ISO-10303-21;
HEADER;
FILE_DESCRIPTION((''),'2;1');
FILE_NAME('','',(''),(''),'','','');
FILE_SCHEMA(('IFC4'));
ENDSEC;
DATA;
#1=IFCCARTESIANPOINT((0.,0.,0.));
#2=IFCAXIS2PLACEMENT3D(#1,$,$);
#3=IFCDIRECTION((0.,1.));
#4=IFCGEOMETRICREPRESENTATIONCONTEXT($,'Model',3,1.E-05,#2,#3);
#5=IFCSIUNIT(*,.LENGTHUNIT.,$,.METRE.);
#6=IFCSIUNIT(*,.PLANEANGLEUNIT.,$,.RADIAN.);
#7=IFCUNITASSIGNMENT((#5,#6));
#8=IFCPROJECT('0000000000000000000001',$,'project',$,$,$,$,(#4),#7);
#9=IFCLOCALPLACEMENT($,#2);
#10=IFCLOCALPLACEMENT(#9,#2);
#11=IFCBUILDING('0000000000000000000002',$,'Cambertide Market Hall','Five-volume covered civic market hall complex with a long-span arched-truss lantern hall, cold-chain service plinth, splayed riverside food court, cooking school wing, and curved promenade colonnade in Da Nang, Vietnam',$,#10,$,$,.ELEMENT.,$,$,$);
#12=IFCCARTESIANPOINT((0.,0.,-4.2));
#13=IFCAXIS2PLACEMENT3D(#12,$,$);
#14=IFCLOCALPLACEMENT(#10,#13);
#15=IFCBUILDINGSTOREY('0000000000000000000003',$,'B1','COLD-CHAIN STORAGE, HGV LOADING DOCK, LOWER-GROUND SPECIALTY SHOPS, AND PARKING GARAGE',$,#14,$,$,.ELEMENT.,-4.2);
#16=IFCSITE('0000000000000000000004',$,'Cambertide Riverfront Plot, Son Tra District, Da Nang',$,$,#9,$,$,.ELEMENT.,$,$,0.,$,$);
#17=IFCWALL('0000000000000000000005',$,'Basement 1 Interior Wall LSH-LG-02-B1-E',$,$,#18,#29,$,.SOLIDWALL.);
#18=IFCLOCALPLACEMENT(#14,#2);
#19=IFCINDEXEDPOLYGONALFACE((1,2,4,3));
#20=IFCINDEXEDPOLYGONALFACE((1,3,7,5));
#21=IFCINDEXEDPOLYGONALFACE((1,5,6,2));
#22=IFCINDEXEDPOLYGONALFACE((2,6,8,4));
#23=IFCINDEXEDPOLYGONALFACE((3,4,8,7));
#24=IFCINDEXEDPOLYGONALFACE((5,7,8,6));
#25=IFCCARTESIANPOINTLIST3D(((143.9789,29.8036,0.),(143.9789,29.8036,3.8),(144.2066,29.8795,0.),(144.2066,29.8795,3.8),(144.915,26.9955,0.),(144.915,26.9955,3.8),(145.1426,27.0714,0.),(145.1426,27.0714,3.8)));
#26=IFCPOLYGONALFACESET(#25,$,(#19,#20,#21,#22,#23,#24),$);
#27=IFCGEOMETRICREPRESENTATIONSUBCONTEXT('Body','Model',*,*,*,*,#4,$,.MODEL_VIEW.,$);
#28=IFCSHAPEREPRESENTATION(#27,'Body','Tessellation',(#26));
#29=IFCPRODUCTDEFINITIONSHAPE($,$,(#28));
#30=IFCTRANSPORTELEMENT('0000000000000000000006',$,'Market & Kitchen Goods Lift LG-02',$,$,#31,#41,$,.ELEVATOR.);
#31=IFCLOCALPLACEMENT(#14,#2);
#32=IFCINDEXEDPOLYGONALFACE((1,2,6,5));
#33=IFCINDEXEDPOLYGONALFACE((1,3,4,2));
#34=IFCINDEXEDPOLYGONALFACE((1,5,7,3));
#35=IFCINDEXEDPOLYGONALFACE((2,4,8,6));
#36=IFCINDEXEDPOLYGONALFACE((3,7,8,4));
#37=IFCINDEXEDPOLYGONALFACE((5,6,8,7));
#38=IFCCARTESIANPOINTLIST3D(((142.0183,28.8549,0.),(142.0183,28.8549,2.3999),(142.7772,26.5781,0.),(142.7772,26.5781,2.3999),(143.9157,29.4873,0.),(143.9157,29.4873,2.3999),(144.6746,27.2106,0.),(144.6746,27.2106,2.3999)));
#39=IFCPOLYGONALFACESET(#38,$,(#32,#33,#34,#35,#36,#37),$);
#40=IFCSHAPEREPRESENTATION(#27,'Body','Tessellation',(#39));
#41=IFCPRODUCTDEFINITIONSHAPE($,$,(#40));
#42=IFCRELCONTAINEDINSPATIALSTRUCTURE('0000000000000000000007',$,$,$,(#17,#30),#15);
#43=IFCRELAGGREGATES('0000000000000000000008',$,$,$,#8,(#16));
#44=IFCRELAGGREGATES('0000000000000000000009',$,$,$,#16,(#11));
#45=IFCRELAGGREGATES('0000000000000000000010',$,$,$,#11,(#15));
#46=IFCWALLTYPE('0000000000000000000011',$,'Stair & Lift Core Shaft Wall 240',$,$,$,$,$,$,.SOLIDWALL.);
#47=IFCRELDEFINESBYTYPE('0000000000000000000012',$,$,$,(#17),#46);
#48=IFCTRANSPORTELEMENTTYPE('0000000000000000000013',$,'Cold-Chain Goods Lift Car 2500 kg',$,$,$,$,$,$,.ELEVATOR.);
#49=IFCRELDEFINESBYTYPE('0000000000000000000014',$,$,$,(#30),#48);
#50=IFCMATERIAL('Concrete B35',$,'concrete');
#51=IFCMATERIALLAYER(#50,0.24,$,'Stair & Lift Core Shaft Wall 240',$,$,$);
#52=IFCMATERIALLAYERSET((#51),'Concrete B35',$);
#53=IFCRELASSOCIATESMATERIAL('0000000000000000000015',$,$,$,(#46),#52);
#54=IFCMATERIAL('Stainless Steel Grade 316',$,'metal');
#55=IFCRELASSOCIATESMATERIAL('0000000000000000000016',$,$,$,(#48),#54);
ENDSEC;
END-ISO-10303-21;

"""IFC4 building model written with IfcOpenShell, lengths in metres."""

from ifc_helpers import new_model, si_unit, direction, frame, frame_2d, origin, origin_2d, place, context, subcontext, project, spatial, rectangle, extrude, material, layer, layer_set, type_object, element, save


model = new_model("IFC4")

# Units and contexts
model_context = context("Model", 3, precision=1e-05, world=origin(), true_north=direction((0.0, 1.0)))
body_context = subcontext(model_context, "Body", "Model", "MODEL_VIEW")
ifc_project = project(units=[si_unit("LENGTHUNIT", "METRE"), si_unit("PLANEANGLEUNIT", "RADIAN")], contexts=[model_context])

# Site, building, storey
site_placement = place(None, origin())
site = spatial("IfcSite", under=ifc_project, at=site_placement, Name="Cambertide Riverfront Plot, Son Tra District, Da Nang", CompositionType="ELEMENT", RefElevation=0.0)
building_placement = place(site_placement, origin())
building = spatial("IfcBuilding", under=site, at=building_placement, Name="Cambertide Market Hall", Description="Five-volume covered civic market hall complex with a long-span arched-truss lantern hall, cold-chain service plinth, splayed riverside food court, cooking school wing, and curved promenade colonnade in Da Nang, Vietnam", CompositionType="ELEMENT")
storey_placement = place(building_placement, frame((0.0, 0.0, -4.2)))
storey = spatial("IfcBuildingStorey", under=building, at=storey_placement, Name="B1", Description="COLD-CHAIN STORAGE, HGV LOADING DOCK, LOWER-GROUND SPECIALTY SHOPS, AND PARKING GARAGE", CompositionType="ELEMENT", Elevation=-4.2)

# Shared definitions
ifc_material_1 = material(Name="Concrete B35", Category="concrete")
ifc_layer_1 = layer(ifc_material_1, 0.24, Name="Stair & Lift Core Shaft Wall 240")
ifc_layer_set_1 = layer_set([ifc_layer_1], Name="Concrete B35")
wall_type_1 = type_object("IfcWallType", Name="Stair & Lift Core Shaft Wall 240", PredefinedType="SOLIDWALL", material=ifc_layer_set_1)

# Wall
for number, where, z_axis, x_axis, name in (
    (1, (144.0928, 29.8416, 0.0), (0.0, 0.0, 1.0), (0.316228, -0.948683, 0.0), "Basement 1 Interior Wall LSH-LG-02-B1-E"),
):
    element("IfcWall", number, at=place(storey_placement, frame(where, z_axis=z_axis, x_axis=x_axis)), inside=storey, type_object=wall_type_1, Name=name, PredefinedType="SOLIDWALL", context=body_context, shape_type="SweptSolid", body=[
        extrude(rectangle(XDim=2.96, YDim=0.24, at=frame_2d((1.48, 0.0))), origin(), (0.0, 0.0, 1.0), 3.8),
    ])

# Transport element
ifc_material_2 = material(Name="Stainless Steel Grade 316", Category="metal")
transport_element_type = type_object("IfcTransportElementType", Name="Cold-Chain Goods Lift Car 2500 kg", PredefinedType="ELEVATOR", material=ifc_material_2)
transport_element_placement = place(storey_placement, frame((143.3464, 28.0327, 0.0), z_axis=(0.0, 0.0, 1.0), x_axis=(0.948683, 0.316228, 0.0)))
element("IfcTransportElement", 2, at=transport_element_placement, inside=storey, type_object=transport_element_type, Name="Market & Kitchen Goods Lift LG-02", PredefinedType="ELEVATOR", context=body_context, shape_type="SweptSolid", body=[
    extrude(rectangle(XDim=2.0, YDim=2.3999, at=origin_2d()), origin(), (0.0, 0.0, 1.0), 2.3999),
])

save(model, "model.ifc")
